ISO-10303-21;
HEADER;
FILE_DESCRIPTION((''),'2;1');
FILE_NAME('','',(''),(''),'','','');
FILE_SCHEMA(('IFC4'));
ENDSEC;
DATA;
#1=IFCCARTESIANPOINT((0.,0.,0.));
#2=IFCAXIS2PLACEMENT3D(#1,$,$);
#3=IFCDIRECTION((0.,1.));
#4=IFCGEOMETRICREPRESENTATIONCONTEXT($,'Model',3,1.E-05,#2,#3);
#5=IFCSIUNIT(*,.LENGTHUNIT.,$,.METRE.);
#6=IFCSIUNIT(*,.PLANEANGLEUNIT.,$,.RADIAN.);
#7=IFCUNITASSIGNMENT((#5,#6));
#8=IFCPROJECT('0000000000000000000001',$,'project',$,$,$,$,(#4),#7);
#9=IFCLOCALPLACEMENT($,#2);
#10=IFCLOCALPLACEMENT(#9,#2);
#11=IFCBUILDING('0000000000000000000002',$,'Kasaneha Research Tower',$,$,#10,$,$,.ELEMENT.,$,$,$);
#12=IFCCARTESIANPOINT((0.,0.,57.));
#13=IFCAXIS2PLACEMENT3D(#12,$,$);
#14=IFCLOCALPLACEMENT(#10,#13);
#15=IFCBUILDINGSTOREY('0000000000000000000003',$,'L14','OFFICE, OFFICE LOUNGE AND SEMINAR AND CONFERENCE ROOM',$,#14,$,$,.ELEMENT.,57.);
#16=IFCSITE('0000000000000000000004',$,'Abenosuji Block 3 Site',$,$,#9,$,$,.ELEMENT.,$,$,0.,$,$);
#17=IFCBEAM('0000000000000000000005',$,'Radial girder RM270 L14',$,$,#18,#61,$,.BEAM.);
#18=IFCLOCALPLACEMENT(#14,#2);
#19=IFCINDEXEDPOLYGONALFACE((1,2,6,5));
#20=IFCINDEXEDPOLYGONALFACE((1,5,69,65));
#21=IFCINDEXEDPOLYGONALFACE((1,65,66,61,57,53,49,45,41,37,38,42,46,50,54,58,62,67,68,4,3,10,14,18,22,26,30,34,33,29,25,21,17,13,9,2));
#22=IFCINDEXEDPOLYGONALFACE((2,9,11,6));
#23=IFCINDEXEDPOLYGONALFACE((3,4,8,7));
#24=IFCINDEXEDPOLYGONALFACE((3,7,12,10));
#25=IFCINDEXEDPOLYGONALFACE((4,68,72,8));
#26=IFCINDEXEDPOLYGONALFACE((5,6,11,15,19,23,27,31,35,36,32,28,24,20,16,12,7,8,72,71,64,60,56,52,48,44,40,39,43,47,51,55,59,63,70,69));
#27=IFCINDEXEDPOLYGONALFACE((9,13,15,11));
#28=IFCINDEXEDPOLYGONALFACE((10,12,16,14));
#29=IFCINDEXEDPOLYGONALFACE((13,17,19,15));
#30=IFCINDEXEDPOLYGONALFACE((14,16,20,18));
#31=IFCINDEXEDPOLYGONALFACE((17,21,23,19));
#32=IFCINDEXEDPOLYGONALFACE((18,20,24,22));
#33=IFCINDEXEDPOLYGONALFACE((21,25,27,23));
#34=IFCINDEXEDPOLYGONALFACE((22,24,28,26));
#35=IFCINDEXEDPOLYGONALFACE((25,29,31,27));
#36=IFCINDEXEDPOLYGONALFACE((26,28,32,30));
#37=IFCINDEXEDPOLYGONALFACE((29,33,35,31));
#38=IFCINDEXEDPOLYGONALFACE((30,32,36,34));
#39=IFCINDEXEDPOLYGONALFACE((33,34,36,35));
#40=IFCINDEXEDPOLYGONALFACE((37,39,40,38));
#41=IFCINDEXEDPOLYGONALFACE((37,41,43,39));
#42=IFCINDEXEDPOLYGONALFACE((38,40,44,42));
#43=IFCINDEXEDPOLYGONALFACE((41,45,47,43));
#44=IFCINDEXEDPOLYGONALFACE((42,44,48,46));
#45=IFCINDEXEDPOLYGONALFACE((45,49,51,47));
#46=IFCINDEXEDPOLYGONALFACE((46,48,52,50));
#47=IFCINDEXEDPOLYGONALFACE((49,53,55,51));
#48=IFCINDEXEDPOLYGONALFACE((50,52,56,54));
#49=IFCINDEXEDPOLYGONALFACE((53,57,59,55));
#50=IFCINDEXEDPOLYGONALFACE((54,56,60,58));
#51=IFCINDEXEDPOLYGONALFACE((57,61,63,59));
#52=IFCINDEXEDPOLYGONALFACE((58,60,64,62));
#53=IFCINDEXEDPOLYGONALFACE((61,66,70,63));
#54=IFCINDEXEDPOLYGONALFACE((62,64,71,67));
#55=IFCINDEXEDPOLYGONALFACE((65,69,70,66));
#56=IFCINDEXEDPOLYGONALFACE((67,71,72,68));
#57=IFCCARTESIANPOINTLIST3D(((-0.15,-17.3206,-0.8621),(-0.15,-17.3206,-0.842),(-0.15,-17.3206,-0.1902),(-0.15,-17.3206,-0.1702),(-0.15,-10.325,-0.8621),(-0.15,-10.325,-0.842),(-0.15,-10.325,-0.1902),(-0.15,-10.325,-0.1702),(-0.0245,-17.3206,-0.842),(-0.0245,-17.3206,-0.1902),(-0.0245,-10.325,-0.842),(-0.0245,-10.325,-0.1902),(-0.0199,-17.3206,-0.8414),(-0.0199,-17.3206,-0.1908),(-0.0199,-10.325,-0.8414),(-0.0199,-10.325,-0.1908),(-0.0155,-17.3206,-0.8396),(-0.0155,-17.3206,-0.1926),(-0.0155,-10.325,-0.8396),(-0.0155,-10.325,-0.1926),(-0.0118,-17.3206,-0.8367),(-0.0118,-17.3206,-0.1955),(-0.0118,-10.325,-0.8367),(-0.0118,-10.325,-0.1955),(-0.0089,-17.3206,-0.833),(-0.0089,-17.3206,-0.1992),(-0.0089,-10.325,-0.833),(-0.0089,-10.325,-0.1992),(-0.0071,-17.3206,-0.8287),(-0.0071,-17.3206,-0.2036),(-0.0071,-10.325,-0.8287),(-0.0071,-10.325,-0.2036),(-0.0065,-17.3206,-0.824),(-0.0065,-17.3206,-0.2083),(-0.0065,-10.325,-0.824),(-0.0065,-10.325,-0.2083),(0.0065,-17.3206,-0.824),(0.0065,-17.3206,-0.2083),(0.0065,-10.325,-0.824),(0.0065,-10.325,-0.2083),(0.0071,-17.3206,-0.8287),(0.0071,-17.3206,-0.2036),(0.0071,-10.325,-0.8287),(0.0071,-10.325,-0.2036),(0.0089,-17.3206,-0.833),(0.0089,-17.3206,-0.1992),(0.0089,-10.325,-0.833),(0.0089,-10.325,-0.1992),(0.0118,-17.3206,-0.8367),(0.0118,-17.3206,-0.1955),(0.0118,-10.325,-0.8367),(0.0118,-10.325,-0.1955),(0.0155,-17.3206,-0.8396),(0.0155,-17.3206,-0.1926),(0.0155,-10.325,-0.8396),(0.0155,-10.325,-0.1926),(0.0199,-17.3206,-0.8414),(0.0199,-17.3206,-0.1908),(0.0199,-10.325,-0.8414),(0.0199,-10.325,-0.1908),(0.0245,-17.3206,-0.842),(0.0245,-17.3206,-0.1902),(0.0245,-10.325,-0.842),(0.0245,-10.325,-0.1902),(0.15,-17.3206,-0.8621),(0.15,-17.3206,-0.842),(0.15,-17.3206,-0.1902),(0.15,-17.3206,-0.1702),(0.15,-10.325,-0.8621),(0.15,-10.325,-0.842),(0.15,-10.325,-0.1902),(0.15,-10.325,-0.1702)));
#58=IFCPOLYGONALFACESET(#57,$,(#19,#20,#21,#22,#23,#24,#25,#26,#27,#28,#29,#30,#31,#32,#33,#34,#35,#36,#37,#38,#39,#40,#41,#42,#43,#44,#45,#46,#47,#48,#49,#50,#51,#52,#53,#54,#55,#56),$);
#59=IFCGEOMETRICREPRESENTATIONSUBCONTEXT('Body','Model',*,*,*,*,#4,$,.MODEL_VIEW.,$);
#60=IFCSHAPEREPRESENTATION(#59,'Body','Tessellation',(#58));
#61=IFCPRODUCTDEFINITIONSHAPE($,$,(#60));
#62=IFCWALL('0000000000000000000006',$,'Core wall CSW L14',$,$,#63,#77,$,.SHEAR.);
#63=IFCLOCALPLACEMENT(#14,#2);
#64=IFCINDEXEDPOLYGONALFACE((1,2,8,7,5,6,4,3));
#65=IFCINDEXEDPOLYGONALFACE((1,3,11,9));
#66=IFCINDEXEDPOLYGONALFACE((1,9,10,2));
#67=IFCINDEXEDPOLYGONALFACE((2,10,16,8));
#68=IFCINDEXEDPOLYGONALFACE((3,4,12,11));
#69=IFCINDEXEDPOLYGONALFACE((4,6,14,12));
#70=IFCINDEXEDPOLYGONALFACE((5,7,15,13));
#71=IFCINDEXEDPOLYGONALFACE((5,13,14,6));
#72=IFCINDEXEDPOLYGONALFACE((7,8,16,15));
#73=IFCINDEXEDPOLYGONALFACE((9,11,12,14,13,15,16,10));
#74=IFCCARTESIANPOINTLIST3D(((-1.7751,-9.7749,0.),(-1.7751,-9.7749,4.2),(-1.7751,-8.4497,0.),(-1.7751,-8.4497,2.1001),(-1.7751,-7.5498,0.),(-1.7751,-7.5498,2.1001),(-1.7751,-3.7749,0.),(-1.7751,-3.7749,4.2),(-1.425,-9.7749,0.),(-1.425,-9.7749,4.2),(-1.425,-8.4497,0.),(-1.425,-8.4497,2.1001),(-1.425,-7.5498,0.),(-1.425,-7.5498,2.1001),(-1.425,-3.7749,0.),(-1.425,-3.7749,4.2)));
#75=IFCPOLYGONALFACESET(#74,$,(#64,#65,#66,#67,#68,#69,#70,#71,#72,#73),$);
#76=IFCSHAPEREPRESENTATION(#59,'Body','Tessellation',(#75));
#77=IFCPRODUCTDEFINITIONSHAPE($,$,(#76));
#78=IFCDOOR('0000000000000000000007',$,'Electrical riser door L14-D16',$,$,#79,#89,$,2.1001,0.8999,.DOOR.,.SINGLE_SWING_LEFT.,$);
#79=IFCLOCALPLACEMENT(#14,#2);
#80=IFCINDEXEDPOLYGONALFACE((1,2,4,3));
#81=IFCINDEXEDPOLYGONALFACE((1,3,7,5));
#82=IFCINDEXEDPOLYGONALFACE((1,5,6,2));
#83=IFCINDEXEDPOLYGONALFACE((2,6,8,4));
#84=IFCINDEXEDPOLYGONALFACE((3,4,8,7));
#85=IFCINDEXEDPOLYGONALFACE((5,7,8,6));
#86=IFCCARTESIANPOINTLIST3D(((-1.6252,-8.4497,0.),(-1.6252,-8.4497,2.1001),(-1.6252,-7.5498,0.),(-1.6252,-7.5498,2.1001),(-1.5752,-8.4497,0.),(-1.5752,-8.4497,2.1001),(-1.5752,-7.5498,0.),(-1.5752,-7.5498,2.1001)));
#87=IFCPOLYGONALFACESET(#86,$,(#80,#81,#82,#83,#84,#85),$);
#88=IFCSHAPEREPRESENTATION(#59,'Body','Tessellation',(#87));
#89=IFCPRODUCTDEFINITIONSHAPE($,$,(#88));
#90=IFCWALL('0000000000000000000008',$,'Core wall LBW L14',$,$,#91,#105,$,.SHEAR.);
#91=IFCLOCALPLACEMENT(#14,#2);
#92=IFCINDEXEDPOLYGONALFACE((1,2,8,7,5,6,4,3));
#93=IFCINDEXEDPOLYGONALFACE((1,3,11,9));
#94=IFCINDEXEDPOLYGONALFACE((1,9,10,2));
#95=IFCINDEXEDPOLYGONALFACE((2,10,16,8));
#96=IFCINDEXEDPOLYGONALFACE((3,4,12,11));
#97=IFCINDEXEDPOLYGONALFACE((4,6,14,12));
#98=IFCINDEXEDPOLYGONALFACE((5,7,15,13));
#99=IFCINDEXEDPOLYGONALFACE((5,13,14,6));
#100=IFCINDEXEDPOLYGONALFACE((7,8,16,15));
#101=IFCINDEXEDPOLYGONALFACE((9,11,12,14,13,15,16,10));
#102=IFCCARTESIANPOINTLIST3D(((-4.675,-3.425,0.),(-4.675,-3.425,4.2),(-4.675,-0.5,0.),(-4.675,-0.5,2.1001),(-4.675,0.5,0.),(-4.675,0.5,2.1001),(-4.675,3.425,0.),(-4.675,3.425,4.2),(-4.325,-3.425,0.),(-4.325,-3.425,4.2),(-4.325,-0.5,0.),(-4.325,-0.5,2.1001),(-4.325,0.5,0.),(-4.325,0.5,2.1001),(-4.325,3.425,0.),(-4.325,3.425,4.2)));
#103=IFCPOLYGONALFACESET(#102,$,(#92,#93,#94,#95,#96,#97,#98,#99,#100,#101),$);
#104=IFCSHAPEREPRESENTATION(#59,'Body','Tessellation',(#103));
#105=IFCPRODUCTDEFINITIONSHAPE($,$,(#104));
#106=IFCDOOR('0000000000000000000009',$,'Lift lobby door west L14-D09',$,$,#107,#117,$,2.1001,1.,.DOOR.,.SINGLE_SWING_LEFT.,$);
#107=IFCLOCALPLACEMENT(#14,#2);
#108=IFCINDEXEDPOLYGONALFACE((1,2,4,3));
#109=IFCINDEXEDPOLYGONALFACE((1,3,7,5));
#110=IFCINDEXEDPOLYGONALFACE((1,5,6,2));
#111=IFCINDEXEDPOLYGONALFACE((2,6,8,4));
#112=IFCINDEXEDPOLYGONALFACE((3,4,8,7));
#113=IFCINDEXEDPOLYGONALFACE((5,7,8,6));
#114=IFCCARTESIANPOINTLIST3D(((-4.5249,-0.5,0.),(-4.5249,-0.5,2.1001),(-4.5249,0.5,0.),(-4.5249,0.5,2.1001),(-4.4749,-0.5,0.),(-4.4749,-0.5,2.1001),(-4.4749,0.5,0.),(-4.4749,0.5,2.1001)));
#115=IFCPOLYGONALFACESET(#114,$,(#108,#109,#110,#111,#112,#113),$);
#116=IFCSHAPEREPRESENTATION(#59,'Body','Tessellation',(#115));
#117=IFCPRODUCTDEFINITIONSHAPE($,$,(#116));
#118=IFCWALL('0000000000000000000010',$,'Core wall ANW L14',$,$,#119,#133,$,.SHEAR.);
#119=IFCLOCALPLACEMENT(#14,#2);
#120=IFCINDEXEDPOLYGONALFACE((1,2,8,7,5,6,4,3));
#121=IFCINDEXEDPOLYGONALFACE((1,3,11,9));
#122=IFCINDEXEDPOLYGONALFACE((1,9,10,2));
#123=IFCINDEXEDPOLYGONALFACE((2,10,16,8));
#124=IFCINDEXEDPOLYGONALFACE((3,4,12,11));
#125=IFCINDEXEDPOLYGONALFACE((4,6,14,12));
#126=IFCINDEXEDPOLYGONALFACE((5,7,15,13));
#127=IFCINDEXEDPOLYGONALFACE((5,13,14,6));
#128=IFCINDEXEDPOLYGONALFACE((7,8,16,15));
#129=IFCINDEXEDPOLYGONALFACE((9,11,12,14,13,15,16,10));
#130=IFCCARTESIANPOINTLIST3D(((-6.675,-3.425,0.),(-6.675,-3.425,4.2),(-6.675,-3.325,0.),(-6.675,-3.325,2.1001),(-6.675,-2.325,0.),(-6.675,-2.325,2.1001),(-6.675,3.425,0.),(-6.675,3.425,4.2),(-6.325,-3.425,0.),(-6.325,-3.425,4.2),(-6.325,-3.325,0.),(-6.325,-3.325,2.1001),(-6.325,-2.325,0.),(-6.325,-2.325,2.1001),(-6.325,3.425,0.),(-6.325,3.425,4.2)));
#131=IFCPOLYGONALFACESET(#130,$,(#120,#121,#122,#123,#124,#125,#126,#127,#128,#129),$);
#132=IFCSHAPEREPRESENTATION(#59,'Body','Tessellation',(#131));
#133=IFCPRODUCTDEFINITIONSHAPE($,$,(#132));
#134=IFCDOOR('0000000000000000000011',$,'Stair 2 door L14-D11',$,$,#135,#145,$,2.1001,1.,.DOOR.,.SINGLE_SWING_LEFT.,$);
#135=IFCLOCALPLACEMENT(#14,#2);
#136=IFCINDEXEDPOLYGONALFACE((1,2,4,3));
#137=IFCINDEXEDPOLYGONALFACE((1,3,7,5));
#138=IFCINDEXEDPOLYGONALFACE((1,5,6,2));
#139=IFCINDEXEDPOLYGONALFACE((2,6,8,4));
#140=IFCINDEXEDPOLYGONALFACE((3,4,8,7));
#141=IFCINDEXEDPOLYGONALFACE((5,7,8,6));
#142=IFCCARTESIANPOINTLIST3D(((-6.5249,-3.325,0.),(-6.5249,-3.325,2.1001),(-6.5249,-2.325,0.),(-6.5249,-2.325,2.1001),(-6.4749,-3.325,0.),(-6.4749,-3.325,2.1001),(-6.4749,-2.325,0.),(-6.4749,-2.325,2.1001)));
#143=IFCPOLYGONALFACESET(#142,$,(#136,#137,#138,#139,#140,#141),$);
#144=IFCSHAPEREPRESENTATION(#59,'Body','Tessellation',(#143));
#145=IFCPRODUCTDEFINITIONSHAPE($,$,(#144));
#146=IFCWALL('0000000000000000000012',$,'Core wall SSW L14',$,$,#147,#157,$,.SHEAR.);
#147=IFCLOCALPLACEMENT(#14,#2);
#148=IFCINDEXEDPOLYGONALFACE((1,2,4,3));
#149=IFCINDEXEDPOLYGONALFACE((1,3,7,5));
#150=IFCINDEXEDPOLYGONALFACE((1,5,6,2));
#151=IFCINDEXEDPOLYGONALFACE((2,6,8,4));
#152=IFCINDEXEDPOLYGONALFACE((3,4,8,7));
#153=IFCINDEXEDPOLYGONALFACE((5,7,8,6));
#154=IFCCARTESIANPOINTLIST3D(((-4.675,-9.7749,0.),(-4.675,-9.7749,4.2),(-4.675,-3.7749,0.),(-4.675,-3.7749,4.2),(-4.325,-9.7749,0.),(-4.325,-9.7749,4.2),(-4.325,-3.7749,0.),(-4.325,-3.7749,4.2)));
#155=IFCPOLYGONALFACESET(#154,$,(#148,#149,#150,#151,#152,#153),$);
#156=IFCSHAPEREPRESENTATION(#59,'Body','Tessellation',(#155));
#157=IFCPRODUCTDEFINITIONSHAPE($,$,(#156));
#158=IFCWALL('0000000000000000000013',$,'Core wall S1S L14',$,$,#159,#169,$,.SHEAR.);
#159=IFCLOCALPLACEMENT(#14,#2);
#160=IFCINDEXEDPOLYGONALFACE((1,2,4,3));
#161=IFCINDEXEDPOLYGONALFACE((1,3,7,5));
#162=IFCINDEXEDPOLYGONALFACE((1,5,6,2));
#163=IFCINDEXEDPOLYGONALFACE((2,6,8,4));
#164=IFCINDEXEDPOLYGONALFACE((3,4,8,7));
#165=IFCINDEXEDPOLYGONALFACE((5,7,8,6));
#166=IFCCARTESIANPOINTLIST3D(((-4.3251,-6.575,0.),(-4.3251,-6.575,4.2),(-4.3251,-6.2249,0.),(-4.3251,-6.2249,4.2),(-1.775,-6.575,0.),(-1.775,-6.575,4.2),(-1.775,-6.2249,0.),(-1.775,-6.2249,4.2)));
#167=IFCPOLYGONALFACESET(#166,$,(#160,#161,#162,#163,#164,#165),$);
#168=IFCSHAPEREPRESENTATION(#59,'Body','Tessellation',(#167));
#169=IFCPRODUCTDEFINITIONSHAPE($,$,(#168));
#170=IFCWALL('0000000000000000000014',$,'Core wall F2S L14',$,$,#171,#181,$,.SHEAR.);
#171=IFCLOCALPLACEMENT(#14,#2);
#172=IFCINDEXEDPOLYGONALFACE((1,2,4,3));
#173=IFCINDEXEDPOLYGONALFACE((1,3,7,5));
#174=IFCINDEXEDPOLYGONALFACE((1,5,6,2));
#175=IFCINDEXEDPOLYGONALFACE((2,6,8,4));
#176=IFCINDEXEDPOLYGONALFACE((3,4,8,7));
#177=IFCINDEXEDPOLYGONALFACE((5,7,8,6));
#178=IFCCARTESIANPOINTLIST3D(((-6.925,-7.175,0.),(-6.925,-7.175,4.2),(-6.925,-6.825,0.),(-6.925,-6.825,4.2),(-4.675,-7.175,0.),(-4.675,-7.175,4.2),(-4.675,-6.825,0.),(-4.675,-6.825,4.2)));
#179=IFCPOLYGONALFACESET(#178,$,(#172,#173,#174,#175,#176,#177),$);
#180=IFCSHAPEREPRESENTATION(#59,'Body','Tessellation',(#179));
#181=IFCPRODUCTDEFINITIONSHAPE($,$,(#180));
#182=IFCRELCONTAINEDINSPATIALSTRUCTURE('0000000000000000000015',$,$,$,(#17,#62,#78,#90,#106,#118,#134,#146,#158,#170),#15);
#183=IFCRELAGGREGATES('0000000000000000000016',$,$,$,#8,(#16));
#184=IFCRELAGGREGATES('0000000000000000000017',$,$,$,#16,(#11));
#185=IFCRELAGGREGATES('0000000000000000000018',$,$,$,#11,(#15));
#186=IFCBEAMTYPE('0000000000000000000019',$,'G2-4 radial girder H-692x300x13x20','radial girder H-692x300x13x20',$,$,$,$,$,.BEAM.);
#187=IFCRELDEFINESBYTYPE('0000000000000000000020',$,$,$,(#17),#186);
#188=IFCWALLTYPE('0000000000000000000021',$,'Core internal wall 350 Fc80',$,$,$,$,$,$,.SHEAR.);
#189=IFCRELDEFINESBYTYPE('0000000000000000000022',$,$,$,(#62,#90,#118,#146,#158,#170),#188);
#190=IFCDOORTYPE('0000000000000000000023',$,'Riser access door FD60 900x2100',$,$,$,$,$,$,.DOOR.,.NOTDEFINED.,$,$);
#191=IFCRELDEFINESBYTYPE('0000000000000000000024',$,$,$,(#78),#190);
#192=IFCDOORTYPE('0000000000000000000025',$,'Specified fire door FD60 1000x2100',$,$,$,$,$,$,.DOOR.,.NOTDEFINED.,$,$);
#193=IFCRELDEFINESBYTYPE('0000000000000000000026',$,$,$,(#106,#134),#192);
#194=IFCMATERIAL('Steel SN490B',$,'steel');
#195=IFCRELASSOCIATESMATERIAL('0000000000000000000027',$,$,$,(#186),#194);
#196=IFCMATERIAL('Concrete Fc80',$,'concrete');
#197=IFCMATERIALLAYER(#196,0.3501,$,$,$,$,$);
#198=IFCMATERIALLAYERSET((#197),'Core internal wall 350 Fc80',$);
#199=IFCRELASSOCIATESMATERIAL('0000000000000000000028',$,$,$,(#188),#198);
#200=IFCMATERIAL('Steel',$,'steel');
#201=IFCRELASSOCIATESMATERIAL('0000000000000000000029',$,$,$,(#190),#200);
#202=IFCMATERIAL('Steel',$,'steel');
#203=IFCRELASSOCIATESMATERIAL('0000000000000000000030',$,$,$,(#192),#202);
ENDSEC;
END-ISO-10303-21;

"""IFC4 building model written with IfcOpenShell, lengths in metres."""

from ifc_helpers import new_model, si_unit, direction, frame, frame_2d, origin, origin_2d, place, context, subcontext, project, spatial, rectangle, i_section, extrude, material, layer, layer_set, material_profile, profile_set, type_object, element, fill, save


model = new_model("IFC4")

# Units and contexts
model_context = context("Model", 3, precision=1e-05, world=origin(), true_north=direction((0.0, 1.0)))
body_context = subcontext(model_context, "Body", "Model", "MODEL_VIEW")
ifc_project = project(units=[si_unit("LENGTHUNIT", "METRE"), si_unit("PLANEANGLEUNIT", "RADIAN")], contexts=[model_context])

# Site, building, storey
site_placement = place(None, origin())
site = spatial("IfcSite", under=ifc_project, at=site_placement, Name="Abenosuji Block 3 Site", CompositionType="ELEMENT", RefElevation=0.0)
building_placement = place(site_placement, origin())
building = spatial("IfcBuilding", under=site, at=building_placement, Name="Kasaneha Research Tower", CompositionType="ELEMENT")
storey_placement = place(building_placement, frame((0.0, 0.0, 57.0)))
storey = spatial("IfcBuildingStorey", under=building, at=storey_placement, Name="L14", Description="OFFICE, OFFICE LOUNGE AND SEMINAR AND CONFERENCE ROOM", CompositionType="ELEMENT", Elevation=57.0)

# Beam
ifc_material_1 = material(Name="Steel SN490B", Category="steel")
ifc_material_profile_1 = material_profile(ifc_material_1, i_section(OverallWidth=0.3, OverallDepth=0.6919, WebThickness=0.0129, FlangeThickness=0.02, FilletRadius=0.0181, at=origin_2d()), Name="H-692x300x13x20")
ifc_profile_set_1 = profile_set([ifc_material_profile_1], Name="Steel SN490B")
beam_type_1 = type_object("IfcBeamType", Name="G2-4 radial girder H-692x300x13x20", Description="radial girder H-692x300x13x20", PredefinedType="BEAM", material=ifc_profile_set_1)
beam_1_placement = place(storey_placement, frame((0.0, -10.325, -0.5161), z_axis=(0.0, -1.0, 0.0), x_axis=(1.0, 0.0, 0.0)))
element("IfcBeam", 1, at=beam_1_placement, inside=storey, type_object=beam_type_1, Name="Radial girder RM270 L14", PredefinedType="BEAM", context=body_context, shape_type="SweptSolid", body=[
    extrude(i_section(OverallWidth=0.3, OverallDepth=0.6919, WebThickness=0.0129, FlangeThickness=0.02, FilletRadius=0.0181, at=origin_2d()), origin(), (0.0, 0.0, 1.0), 6.9956),
])

# Walls, openings, doors
ifc_material_2 = material(Name="Concrete Fc80", Category="concrete")
ifc_layer_1 = layer(ifc_material_2, 0.3501)
ifc_layer_set_1 = layer_set([ifc_layer_1], Name="Core internal wall 350 Fc80")
wall_type_1 = type_object("IfcWallType", Name="Core internal wall 350 Fc80", PredefinedType="SHEAR", material=ifc_layer_set_1)
wall_1_placement = place(storey_placement, frame((-1.6001, -3.7749, 0.0), z_axis=(0.0, 0.0, 1.0), x_axis=(0.0, -1.0, 0.0)))
wall_1 = element("IfcWall", 2, at=wall_1_placement, inside=storey, type_object=wall_type_1, Name="Core wall CSW L14", PredefinedType="SHEAR", context=body_context, shape_type="SweptSolid", body=[
    extrude(rectangle(XDim=6.0, YDim=0.3501, at=frame_2d((3.0, 0.0))), origin(), (0.0, 0.0, 1.0), 4.2),
])
opening_1_placement = place(wall_1_placement, frame((3.7749, 0.0, 0.0)))
opening_1 = element("IfcOpeningElement", 3, at=opening_1_placement, cuts=wall_1, PredefinedType="OPENING", context=body_context, shape_type="SweptSolid", body=[
    extrude(rectangle(XDim=0.8999, YDim=2.1001, at=frame_2d((0.45, 1.05))), frame((0.0, 0.1851, 0.0), z_axis=(0.0, -1.0, 0.0), x_axis=(1.0, 0.0, 0.0)), (0.0, 0.0, 1.0), 0.3701),
])
ifc_material_3 = material(Name="Steel", Category="steel")
door_type_1 = type_object("IfcDoorType", Name="Riser access door FD60 900x2100", OperationType="NOTDEFINED", PredefinedType="DOOR", material=ifc_material_3)
door_1_placement = place(opening_1_placement, origin())
door_1 = element("IfcDoor", 4, at=door_1_placement, inside=storey, type_object=door_type_1, Name="Electrical riser door L14-D16", OperationType="SINGLE_SWING_LEFT", OverallHeight=2.1001, OverallWidth=0.8999, PredefinedType="DOOR", context=body_context, shape_type="SweptSolid", body=[
    extrude(rectangle(XDim=0.8999, YDim=2.1001, at=frame_2d((0.45, 1.05))), frame((0.0, 0.0249, 0.0), z_axis=(0.0, -1.0, 0.0), x_axis=(1.0, 0.0, 0.0)), (0.0, 0.0, 1.0), 0.05),
])
fill(opening_1, door_1)
wall_2_placement = place(storey_placement, frame((-4.5, -3.425, 0.0), z_axis=(0.0, 0.0, 1.0), x_axis=(0.0, 1.0, 0.0)))
wall_2 = element("IfcWall", 5, at=wall_2_placement, inside=storey, type_object=wall_type_1, Name="Core wall LBW L14", PredefinedType="SHEAR", context=body_context, shape_type="SweptSolid", body=[
    extrude(rectangle(XDim=6.8501, YDim=0.3501, at=frame_2d((3.425, 0.0))), origin(), (0.0, 0.0, 1.0), 4.2),
])
opening_2_placement = place(wall_2_placement, frame((2.925, 0.0, 0.0)))
opening_2 = element("IfcOpeningElement", 6, at=opening_2_placement, cuts=wall_2, PredefinedType="OPENING", context=body_context, shape_type="SweptSolid", body=[
    extrude(rectangle(XDim=1.0, YDim=2.1001, at=frame_2d((0.5, 1.05))), frame((0.0, 0.1851, 0.0), z_axis=(0.0, -1.0, 0.0), x_axis=(1.0, 0.0, 0.0)), (0.0, 0.0, 1.0), 0.3701),
])
ifc_material_4 = material(Name="Steel", Category="steel")
door_type_2 = type_object("IfcDoorType", Name="Specified fire door FD60 1000x2100", OperationType="NOTDEFINED", PredefinedType="DOOR", material=ifc_material_4)
door_2_placement = place(opening_2_placement, origin())
door_2 = element("IfcDoor", 7, at=door_2_placement, inside=storey, type_object=door_type_2, Name="Lift lobby door west L14-D09", OperationType="SINGLE_SWING_LEFT", OverallHeight=2.1001, OverallWidth=1.0, PredefinedType="DOOR", context=body_context, shape_type="SweptSolid", body=[
    extrude(rectangle(XDim=1.0, YDim=2.1001, at=frame_2d((0.5, 1.05))), frame((0.0, 0.0249, 0.0), z_axis=(0.0, -1.0, 0.0), x_axis=(1.0, 0.0, 0.0)), (0.0, 0.0, 1.0), 0.05),
])
fill(opening_2, door_2)
wall_3_placement = place(storey_placement, frame((-6.5, -3.425, 0.0), z_axis=(0.0, 0.0, 1.0), x_axis=(0.0, 1.0, 0.0)))
wall_3 = element("IfcWall", 8, at=wall_3_placement, inside=storey, type_object=wall_type_1, Name="Core wall ANW L14", PredefinedType="SHEAR", context=body_context, shape_type="SweptSolid", body=[
    extrude(rectangle(XDim=6.8501, YDim=0.3501, at=frame_2d((3.425, 0.0))), origin(), (0.0, 0.0, 1.0), 4.2),
])
opening_3_placement = place(wall_3_placement, frame((0.1001, 0.0, 0.0)))
opening_3 = element("IfcOpeningElement", 9, at=opening_3_placement, cuts=wall_3, PredefinedType="OPENING", context=body_context, shape_type="SweptSolid", body=[
    extrude(rectangle(XDim=1.0, YDim=2.1001, at=frame_2d((0.5, 1.05))), frame((0.0, 0.1851, 0.0), z_axis=(0.0, -1.0, 0.0), x_axis=(1.0, 0.0, 0.0)), (0.0, 0.0, 1.0), 0.3701),
])
door_3_placement = place(opening_3_placement, origin())
door_3 = element("IfcDoor", 10, at=door_3_placement, inside=storey, type_object=door_type_2, Name="Stair 2 door L14-D11", OperationType="SINGLE_SWING_LEFT", OverallHeight=2.1001, OverallWidth=1.0, PredefinedType="DOOR", context=body_context, shape_type="SweptSolid", body=[
    extrude(rectangle(XDim=1.0, YDim=2.1001, at=frame_2d((0.5, 1.05))), frame((0.0, 0.0249, 0.0), z_axis=(0.0, -1.0, 0.0), x_axis=(1.0, 0.0, 0.0)), (0.0, 0.0, 1.0), 0.05),
])
fill(opening_3, door_3)

# Walls
wall_4_placement = place(storey_placement, frame((-4.5, -3.7749, 0.0), z_axis=(0.0, 0.0, 1.0), x_axis=(0.0, -1.0, 0.0)))
element("IfcWall", 11, at=wall_4_placement, inside=storey, type_object=wall_type_1, Name="Core wall SSW L14", PredefinedType="SHEAR", context=body_context, shape_type="SweptSolid", body=[
    extrude(rectangle(XDim=6.0, YDim=0.3501, at=frame_2d((3.0, 0.0))), origin(), (0.0, 0.0, 1.0), 4.2),
])
wall_5_placement = place(storey_placement, frame((-4.325, -6.3999, 0.0), z_axis=(0.0, 0.0, 1.0), x_axis=(1.0, 0.0, 0.0)))
element("IfcWall", 12, at=wall_5_placement, inside=storey, type_object=wall_type_1, Name="Core wall S1S L14", PredefinedType="SHEAR", context=body_context, shape_type="SweptSolid", body=[
    extrude(rectangle(XDim=2.55, YDim=0.3501, at=frame_2d((1.2749, 0.0))), origin(), (0.0, 0.0, 1.0), 4.2),
])
wall_6_placement = place(storey_placement, frame((-6.925, -7.0, 0.0), z_axis=(0.0, 0.0, 1.0), x_axis=(1.0, 0.0, 0.0)))
element("IfcWall", 13, at=wall_6_placement, inside=storey, type_object=wall_type_1, Name="Core wall F2S L14", PredefinedType="SHEAR", context=body_context, shape_type="SweptSolid", body=[
    extrude(rectangle(XDim=2.25, YDim=0.3501, at=frame_2d((1.125, 0.0))), origin(), (0.0, 0.0, 1.0), 4.2),
])

save(model, "model.ifc")
